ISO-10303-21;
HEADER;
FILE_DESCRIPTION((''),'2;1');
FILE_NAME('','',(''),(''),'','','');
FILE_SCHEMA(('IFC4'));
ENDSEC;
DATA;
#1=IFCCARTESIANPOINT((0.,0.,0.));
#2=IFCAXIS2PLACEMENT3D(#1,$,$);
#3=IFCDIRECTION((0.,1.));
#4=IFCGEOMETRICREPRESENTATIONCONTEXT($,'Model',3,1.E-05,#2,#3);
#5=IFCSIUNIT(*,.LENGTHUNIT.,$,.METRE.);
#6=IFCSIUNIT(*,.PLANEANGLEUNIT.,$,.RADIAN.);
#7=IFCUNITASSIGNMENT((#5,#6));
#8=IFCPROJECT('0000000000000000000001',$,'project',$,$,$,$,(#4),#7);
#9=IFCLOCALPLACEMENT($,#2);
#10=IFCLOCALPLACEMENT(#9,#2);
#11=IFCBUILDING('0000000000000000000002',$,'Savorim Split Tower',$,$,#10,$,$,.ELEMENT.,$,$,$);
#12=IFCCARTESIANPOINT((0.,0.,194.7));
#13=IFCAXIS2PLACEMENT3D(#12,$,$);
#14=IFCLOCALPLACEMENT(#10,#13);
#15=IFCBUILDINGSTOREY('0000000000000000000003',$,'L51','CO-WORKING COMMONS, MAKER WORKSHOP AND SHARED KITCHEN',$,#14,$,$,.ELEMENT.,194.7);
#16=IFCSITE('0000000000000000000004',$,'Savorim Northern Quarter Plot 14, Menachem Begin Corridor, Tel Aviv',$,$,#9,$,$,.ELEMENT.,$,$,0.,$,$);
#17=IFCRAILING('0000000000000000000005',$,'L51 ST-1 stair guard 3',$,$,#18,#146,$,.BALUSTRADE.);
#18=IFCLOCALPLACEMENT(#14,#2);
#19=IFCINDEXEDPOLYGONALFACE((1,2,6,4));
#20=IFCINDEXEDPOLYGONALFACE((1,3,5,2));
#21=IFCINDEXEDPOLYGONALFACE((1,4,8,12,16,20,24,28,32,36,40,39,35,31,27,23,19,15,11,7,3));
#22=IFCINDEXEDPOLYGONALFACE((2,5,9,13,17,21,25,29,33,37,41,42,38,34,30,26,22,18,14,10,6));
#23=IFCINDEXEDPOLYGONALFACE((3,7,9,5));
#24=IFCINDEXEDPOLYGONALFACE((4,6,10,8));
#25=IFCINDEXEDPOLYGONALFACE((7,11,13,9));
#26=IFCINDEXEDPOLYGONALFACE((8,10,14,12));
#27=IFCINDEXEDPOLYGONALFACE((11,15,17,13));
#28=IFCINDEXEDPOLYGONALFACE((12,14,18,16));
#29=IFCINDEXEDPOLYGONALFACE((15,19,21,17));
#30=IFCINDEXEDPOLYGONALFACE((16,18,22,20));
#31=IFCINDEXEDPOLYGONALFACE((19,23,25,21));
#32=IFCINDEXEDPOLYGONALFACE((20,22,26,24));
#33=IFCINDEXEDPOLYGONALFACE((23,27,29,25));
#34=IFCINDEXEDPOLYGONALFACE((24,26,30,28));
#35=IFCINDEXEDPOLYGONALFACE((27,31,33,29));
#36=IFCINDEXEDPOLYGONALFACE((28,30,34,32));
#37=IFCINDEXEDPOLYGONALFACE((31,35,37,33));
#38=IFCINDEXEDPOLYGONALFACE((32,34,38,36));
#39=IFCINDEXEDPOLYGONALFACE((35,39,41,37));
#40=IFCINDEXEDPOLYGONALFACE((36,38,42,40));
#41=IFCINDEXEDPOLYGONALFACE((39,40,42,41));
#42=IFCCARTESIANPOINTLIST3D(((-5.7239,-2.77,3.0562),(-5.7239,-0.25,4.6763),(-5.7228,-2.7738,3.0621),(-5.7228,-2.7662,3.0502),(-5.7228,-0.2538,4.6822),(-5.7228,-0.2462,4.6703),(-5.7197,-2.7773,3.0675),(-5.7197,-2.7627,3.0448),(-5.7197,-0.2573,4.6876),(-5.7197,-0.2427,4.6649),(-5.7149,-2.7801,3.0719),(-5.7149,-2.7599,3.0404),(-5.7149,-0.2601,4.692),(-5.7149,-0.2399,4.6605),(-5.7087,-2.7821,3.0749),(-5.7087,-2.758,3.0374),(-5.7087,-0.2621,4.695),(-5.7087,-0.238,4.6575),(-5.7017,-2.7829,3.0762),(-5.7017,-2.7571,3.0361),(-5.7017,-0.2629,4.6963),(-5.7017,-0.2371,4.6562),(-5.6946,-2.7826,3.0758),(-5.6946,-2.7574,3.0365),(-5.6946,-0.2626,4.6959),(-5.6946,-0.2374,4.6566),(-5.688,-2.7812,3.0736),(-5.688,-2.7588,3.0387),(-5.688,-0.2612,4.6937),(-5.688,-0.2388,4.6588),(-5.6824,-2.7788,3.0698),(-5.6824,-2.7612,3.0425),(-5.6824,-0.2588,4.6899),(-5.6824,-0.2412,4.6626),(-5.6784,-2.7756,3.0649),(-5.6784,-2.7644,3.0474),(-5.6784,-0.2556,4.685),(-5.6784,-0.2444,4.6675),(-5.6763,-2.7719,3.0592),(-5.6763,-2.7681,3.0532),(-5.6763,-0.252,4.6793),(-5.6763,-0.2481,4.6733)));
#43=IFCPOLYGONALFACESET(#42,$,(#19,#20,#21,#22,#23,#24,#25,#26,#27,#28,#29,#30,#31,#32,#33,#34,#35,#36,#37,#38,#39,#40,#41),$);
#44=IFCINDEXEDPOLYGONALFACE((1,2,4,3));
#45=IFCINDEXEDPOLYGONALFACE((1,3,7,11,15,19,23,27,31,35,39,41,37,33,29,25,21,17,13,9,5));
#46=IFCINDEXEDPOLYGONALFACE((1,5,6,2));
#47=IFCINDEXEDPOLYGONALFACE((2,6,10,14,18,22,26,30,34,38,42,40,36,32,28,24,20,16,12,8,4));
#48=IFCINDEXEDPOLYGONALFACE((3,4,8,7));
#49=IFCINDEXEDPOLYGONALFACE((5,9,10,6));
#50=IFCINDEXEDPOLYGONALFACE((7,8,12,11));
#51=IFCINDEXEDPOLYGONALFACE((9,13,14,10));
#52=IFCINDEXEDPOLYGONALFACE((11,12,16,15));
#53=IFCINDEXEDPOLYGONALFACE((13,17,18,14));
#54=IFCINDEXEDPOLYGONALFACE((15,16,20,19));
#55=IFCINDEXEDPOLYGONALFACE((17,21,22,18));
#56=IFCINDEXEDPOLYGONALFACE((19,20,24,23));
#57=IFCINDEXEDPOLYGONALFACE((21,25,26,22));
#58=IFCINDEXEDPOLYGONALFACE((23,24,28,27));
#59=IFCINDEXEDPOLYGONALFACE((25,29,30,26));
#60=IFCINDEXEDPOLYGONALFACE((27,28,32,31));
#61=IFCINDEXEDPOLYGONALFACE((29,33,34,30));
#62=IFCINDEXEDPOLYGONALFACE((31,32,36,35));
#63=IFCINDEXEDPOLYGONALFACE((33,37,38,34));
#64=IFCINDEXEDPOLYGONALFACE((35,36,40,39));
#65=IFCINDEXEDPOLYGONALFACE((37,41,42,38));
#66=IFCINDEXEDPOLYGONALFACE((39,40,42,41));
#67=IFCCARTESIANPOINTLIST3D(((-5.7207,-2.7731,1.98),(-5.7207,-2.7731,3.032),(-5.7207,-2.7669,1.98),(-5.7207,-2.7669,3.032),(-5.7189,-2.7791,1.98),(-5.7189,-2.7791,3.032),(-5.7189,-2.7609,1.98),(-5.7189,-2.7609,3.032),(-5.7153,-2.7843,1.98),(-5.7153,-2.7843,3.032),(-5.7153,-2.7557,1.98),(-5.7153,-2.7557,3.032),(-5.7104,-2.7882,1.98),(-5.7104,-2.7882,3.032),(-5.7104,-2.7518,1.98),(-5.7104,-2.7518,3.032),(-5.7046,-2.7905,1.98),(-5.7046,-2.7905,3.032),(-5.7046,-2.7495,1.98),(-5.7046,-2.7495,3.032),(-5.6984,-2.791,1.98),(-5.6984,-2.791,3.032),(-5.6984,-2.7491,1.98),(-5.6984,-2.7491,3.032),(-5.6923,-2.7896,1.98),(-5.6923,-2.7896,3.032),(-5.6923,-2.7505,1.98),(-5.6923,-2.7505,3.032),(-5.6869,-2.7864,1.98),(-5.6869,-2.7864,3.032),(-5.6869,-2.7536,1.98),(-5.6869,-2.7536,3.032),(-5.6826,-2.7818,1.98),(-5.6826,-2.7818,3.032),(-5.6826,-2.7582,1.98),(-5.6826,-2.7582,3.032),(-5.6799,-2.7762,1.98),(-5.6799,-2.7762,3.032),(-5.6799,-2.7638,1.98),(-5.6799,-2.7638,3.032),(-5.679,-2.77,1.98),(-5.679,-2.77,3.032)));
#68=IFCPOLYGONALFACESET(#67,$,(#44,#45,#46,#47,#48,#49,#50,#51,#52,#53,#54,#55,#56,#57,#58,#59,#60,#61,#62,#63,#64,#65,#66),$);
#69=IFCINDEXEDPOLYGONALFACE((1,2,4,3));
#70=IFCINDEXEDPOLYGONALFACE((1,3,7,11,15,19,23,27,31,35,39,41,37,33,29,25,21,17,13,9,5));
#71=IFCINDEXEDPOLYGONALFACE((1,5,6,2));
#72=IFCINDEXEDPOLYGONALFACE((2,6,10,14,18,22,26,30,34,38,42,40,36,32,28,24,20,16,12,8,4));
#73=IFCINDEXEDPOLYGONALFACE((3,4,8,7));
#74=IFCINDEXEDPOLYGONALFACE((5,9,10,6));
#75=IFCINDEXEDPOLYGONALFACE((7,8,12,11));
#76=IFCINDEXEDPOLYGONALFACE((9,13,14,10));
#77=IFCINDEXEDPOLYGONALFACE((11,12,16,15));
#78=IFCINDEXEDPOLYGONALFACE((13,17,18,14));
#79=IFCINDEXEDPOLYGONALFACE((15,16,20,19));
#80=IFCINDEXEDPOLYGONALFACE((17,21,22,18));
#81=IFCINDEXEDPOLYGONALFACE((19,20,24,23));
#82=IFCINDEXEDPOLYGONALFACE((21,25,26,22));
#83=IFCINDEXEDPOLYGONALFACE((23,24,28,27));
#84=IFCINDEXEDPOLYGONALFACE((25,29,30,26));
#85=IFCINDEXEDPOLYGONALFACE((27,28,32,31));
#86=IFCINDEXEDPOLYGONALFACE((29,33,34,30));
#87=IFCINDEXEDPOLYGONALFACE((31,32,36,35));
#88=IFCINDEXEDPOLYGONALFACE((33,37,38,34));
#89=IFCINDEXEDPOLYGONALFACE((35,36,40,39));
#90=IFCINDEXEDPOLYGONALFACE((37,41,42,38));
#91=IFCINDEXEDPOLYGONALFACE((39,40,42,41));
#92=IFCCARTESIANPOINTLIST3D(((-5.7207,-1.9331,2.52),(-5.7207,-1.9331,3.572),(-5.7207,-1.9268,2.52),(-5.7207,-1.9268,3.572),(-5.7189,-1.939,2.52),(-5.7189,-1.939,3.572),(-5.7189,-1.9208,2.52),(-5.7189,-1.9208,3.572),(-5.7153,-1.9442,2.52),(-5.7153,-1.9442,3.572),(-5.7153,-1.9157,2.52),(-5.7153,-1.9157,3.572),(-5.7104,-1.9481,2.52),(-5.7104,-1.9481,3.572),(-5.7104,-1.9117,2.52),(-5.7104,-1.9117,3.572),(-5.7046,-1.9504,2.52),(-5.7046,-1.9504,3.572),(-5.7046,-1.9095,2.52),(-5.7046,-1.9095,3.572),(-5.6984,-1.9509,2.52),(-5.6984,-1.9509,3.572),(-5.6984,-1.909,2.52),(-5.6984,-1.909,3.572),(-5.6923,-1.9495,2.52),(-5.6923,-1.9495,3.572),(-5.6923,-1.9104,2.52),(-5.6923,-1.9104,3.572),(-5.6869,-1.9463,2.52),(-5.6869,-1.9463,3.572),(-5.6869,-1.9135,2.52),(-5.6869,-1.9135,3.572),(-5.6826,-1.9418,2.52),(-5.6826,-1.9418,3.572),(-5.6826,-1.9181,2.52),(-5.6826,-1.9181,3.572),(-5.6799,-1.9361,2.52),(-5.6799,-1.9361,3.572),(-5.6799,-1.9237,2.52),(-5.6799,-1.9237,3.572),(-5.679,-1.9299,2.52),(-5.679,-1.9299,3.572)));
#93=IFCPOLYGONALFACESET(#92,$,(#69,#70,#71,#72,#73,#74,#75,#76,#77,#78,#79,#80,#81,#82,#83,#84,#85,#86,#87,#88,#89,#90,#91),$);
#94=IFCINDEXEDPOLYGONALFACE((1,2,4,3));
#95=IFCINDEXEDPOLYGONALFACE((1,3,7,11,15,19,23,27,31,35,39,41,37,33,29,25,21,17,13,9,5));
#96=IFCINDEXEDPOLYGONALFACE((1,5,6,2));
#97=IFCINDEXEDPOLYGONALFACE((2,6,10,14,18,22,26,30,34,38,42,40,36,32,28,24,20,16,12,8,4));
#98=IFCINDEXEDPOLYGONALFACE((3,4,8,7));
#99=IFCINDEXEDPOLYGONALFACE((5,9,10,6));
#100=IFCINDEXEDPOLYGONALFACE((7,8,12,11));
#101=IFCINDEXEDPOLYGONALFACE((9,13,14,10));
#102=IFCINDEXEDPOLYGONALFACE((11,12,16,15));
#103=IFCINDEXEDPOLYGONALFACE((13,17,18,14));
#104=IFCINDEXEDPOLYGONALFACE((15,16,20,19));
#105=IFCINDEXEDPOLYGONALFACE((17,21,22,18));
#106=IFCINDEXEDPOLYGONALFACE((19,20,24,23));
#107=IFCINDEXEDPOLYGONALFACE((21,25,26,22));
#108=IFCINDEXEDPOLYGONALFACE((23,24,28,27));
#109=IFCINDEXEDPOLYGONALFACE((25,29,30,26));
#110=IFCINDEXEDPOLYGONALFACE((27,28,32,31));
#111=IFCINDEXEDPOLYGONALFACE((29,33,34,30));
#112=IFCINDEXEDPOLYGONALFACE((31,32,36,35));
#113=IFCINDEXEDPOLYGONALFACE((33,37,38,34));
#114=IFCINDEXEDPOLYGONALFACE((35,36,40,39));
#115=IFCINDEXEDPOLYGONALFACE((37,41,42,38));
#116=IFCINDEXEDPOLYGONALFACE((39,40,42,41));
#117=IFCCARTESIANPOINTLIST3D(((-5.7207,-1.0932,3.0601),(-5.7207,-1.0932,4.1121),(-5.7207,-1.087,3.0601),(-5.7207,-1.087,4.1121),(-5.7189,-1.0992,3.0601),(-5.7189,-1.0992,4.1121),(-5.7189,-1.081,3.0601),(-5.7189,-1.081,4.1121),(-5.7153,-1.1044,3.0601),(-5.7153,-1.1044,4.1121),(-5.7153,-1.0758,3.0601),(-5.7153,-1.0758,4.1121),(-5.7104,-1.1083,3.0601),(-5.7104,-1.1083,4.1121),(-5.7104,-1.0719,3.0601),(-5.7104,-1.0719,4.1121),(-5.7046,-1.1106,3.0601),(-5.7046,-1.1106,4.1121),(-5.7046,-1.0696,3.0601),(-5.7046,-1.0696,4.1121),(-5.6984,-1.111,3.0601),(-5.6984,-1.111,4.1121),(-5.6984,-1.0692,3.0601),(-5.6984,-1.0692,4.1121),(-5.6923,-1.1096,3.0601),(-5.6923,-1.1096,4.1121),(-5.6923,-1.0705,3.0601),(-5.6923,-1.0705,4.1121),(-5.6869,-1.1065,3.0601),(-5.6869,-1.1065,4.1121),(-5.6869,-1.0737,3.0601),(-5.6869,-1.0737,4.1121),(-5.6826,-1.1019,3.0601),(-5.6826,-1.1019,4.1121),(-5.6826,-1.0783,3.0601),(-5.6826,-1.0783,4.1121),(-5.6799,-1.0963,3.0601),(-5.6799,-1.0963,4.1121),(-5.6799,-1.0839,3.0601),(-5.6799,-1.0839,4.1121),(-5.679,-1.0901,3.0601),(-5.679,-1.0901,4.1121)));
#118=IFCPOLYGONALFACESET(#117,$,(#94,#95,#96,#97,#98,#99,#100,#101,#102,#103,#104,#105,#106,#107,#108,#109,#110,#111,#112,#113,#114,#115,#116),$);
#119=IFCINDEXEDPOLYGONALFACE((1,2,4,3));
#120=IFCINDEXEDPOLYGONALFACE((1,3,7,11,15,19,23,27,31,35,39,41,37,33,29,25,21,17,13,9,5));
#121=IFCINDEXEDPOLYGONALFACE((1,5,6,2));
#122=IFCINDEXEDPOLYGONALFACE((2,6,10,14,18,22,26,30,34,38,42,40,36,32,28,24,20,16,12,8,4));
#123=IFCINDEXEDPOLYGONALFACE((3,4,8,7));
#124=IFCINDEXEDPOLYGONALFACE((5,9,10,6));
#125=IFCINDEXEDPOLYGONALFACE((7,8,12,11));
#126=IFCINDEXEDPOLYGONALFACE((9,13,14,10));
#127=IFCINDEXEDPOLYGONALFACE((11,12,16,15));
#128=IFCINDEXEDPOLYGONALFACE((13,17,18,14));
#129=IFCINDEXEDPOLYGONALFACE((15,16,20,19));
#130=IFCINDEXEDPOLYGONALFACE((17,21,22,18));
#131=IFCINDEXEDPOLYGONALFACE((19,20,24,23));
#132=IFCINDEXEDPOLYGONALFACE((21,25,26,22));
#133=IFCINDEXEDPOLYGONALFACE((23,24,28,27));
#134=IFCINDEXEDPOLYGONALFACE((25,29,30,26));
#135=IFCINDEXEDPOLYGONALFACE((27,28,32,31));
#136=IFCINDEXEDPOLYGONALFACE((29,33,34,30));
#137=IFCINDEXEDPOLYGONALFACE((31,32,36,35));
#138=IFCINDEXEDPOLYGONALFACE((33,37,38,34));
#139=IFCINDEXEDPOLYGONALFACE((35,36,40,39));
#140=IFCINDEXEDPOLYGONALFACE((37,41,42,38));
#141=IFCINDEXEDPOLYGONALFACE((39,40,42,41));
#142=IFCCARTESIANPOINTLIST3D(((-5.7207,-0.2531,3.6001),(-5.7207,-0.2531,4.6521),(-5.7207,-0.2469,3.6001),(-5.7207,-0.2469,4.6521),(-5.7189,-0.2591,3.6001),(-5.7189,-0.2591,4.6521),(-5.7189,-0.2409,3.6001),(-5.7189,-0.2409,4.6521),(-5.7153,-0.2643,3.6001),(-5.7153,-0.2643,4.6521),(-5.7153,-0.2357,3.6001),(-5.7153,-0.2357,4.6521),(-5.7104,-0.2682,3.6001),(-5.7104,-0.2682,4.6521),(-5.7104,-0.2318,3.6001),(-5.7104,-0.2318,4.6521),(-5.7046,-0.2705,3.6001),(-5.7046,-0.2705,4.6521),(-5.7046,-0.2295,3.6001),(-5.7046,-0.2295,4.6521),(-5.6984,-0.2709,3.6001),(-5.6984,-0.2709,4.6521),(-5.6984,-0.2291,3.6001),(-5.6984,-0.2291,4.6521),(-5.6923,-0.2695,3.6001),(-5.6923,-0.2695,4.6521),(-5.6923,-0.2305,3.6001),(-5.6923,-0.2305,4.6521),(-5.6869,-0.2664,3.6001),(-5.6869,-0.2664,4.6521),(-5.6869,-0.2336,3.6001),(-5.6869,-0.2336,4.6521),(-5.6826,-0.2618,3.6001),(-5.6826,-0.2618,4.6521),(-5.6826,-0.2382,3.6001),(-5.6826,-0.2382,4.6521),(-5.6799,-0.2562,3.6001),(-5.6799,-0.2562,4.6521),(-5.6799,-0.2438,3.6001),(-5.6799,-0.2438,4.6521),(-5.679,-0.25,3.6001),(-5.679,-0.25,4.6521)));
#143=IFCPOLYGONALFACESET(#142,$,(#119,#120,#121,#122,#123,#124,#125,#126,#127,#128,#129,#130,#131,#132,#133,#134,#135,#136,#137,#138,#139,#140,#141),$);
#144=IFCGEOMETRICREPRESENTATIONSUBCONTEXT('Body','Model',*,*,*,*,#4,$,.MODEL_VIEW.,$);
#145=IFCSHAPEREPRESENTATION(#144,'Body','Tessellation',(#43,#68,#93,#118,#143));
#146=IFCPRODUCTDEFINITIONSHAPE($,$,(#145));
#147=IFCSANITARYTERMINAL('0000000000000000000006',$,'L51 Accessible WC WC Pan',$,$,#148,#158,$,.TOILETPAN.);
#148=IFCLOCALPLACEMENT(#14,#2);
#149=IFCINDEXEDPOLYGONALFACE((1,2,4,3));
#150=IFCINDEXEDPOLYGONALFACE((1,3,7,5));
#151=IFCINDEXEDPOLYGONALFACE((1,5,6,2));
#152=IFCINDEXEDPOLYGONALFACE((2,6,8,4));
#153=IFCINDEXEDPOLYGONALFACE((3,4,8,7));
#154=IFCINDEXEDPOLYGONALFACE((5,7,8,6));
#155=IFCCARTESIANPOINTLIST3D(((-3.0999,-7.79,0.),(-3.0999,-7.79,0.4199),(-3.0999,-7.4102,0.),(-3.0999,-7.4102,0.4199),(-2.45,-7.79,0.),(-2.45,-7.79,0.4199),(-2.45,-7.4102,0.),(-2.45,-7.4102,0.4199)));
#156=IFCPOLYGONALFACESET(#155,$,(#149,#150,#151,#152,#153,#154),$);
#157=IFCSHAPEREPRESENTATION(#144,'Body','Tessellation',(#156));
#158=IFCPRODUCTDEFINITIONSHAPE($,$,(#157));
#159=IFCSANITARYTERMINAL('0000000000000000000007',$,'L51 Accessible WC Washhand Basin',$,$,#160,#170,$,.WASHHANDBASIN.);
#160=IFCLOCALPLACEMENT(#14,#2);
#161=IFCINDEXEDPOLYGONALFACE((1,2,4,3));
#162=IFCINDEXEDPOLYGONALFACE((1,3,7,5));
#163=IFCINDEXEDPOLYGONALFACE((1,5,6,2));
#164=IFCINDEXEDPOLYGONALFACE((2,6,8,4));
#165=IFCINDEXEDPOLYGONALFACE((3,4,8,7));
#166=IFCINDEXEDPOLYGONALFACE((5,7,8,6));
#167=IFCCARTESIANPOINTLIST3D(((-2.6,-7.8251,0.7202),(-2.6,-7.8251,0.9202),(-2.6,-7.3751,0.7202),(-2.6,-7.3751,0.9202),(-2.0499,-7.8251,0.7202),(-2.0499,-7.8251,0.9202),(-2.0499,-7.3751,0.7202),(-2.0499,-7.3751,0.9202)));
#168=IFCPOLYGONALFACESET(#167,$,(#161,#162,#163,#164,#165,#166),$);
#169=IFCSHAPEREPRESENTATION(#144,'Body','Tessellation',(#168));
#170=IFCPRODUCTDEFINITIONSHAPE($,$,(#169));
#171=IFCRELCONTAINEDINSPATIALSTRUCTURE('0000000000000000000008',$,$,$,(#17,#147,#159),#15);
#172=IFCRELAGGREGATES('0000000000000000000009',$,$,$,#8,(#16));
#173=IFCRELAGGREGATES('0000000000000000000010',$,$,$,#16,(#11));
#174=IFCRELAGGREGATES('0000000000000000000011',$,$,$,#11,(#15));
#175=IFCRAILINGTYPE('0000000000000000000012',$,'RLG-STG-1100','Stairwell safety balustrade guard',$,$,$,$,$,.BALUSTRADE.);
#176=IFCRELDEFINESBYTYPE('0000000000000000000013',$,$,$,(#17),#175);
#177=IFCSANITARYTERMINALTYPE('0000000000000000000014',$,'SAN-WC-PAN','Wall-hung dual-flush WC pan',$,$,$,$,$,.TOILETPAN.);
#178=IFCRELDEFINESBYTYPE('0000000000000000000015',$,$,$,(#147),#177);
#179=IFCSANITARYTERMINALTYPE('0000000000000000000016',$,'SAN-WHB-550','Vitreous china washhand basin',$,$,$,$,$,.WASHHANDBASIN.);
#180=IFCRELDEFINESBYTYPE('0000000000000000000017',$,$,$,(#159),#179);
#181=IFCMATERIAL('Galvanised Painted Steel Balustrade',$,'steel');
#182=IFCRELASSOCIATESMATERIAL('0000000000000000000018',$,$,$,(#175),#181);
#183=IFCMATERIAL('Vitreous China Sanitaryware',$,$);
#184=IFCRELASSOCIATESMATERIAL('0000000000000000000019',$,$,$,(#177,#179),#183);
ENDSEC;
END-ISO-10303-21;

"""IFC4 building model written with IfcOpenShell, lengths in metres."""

from ifc_helpers import new_model, si_unit, direction, frame, origin, origin_2d, place, context, subcontext, project, spatial, rectangle, circle, extrude, material, type_object, element, save


model = new_model("IFC4")

# Units and contexts
model_context = context("Model", 3, precision=1e-05, world=origin(), true_north=direction((0.0, 1.0)))
body_context = subcontext(model_context, "Body", "Model", "MODEL_VIEW")
ifc_project = project(units=[si_unit("LENGTHUNIT", "METRE"), si_unit("PLANEANGLEUNIT", "RADIAN")], contexts=[model_context])

# Site, building, storey
site_placement = place(None, origin())
site = spatial("IfcSite", under=ifc_project, at=site_placement, Name="Savorim Northern Quarter Plot 14, Menachem Begin Corridor, Tel Aviv", CompositionType="ELEMENT", RefElevation=0.0)
building_placement = place(site_placement, origin())
building = spatial("IfcBuilding", under=site, at=building_placement, Name="Savorim Split Tower", CompositionType="ELEMENT")
storey_placement = place(building_placement, frame((0.0, 0.0, 194.7)))
storey = spatial("IfcBuildingStorey", under=building, at=storey_placement, Name="L51", Description="CO-WORKING COMMONS, MAKER WORKSHOP AND SHARED KITCHEN", CompositionType="ELEMENT", Elevation=194.7)

# Railing
ifc_material_1 = material(Name="Galvanised Painted Steel Balustrade", Category="steel")
railing_type_1 = type_object("IfcRailingType", Name="RLG-STG-1100", Description="Stairwell safety balustrade guard", PredefinedType="BALUSTRADE", material=ifc_material_1)
railing_1_placement = place(storey_placement, frame((-5.7, -2.77, 1.98)))
element("IfcRailing", 1, at=railing_1_placement, inside=storey, type_object=railing_type_1, Name="L51 ST-1 stair guard 3", PredefinedType="BALUSTRADE", context=body_context, shape_type="SweptSolid", body=[
    extrude(circle(Radius=0.0239, at=origin_2d()), frame((0.0, 0.0, 1.0762), z_axis=(0.0, 0.841163, 0.540782), x_axis=(-1.0, 0.0, 0.0)), (0.0, 0.0, 1.0), 2.9958),
    extrude(circle(Radius=0.021, at=origin_2d()), origin(), (0.0, 0.0, 1.0), 1.052),
    extrude(circle(Radius=0.021, at=origin_2d()), frame((0.0, 0.8401, 0.54)), (0.0, 0.0, 1.0), 1.052),
    extrude(circle(Radius=0.021, at=origin_2d()), frame((0.0, 1.6799, 1.0801)), (0.0, 0.0, 1.0), 1.052),
    extrude(circle(Radius=0.021, at=origin_2d()), frame((0.0, 2.52, 1.6201)), (0.0, 0.0, 1.0), 1.052),
])

# Sanitary terminals
ifc_material_2 = material(Name="Vitreous China Sanitaryware")
sanitary_terminal_type_1 = type_object("IfcSanitaryTerminalType", Name="SAN-WC-PAN", Description="Wall-hung dual-flush WC pan", PredefinedType="TOILETPAN", material=ifc_material_2)
sanitary_terminal_1_placement = place(storey_placement, frame((-2.7749, -7.6001, 0.0), z_axis=(0.0, 0.0, 1.0), x_axis=(1.0, 0.0, 0.0)))
element("IfcSanitaryTerminal", 2, at=sanitary_terminal_1_placement, inside=storey, type_object=sanitary_terminal_type_1, Name="L51 Accessible WC WC Pan", PredefinedType="TOILETPAN", context=body_context, shape_type="SweptSolid", body=[
    extrude(rectangle(XDim=0.6499, YDim=0.3799, at=origin_2d()), origin(), (0.0, 0.0, 1.0), 0.4199),
])
sanitary_terminal_type_2 = type_object("IfcSanitaryTerminalType", Name="SAN-WHB-550", Description="Vitreous china washhand basin", PredefinedType="WASHHANDBASIN", material=ifc_material_2)
sanitary_terminal_2_placement = place(storey_placement, frame((-2.325, -7.6001, 0.7202), z_axis=(0.0, 0.0, 1.0), x_axis=(1.0, 0.0, 0.0)))
element("IfcSanitaryTerminal", 3, at=sanitary_terminal_2_placement, inside=storey, type_object=sanitary_terminal_type_2, Name="L51 Accessible WC Washhand Basin", PredefinedType="WASHHANDBASIN", context=body_context, shape_type="SweptSolid", body=[
    extrude(rectangle(XDim=0.55, YDim=0.45, at=origin_2d()), origin(), (0.0, 0.0, 1.0), 0.2),
])

save(model, "model.ifc")
